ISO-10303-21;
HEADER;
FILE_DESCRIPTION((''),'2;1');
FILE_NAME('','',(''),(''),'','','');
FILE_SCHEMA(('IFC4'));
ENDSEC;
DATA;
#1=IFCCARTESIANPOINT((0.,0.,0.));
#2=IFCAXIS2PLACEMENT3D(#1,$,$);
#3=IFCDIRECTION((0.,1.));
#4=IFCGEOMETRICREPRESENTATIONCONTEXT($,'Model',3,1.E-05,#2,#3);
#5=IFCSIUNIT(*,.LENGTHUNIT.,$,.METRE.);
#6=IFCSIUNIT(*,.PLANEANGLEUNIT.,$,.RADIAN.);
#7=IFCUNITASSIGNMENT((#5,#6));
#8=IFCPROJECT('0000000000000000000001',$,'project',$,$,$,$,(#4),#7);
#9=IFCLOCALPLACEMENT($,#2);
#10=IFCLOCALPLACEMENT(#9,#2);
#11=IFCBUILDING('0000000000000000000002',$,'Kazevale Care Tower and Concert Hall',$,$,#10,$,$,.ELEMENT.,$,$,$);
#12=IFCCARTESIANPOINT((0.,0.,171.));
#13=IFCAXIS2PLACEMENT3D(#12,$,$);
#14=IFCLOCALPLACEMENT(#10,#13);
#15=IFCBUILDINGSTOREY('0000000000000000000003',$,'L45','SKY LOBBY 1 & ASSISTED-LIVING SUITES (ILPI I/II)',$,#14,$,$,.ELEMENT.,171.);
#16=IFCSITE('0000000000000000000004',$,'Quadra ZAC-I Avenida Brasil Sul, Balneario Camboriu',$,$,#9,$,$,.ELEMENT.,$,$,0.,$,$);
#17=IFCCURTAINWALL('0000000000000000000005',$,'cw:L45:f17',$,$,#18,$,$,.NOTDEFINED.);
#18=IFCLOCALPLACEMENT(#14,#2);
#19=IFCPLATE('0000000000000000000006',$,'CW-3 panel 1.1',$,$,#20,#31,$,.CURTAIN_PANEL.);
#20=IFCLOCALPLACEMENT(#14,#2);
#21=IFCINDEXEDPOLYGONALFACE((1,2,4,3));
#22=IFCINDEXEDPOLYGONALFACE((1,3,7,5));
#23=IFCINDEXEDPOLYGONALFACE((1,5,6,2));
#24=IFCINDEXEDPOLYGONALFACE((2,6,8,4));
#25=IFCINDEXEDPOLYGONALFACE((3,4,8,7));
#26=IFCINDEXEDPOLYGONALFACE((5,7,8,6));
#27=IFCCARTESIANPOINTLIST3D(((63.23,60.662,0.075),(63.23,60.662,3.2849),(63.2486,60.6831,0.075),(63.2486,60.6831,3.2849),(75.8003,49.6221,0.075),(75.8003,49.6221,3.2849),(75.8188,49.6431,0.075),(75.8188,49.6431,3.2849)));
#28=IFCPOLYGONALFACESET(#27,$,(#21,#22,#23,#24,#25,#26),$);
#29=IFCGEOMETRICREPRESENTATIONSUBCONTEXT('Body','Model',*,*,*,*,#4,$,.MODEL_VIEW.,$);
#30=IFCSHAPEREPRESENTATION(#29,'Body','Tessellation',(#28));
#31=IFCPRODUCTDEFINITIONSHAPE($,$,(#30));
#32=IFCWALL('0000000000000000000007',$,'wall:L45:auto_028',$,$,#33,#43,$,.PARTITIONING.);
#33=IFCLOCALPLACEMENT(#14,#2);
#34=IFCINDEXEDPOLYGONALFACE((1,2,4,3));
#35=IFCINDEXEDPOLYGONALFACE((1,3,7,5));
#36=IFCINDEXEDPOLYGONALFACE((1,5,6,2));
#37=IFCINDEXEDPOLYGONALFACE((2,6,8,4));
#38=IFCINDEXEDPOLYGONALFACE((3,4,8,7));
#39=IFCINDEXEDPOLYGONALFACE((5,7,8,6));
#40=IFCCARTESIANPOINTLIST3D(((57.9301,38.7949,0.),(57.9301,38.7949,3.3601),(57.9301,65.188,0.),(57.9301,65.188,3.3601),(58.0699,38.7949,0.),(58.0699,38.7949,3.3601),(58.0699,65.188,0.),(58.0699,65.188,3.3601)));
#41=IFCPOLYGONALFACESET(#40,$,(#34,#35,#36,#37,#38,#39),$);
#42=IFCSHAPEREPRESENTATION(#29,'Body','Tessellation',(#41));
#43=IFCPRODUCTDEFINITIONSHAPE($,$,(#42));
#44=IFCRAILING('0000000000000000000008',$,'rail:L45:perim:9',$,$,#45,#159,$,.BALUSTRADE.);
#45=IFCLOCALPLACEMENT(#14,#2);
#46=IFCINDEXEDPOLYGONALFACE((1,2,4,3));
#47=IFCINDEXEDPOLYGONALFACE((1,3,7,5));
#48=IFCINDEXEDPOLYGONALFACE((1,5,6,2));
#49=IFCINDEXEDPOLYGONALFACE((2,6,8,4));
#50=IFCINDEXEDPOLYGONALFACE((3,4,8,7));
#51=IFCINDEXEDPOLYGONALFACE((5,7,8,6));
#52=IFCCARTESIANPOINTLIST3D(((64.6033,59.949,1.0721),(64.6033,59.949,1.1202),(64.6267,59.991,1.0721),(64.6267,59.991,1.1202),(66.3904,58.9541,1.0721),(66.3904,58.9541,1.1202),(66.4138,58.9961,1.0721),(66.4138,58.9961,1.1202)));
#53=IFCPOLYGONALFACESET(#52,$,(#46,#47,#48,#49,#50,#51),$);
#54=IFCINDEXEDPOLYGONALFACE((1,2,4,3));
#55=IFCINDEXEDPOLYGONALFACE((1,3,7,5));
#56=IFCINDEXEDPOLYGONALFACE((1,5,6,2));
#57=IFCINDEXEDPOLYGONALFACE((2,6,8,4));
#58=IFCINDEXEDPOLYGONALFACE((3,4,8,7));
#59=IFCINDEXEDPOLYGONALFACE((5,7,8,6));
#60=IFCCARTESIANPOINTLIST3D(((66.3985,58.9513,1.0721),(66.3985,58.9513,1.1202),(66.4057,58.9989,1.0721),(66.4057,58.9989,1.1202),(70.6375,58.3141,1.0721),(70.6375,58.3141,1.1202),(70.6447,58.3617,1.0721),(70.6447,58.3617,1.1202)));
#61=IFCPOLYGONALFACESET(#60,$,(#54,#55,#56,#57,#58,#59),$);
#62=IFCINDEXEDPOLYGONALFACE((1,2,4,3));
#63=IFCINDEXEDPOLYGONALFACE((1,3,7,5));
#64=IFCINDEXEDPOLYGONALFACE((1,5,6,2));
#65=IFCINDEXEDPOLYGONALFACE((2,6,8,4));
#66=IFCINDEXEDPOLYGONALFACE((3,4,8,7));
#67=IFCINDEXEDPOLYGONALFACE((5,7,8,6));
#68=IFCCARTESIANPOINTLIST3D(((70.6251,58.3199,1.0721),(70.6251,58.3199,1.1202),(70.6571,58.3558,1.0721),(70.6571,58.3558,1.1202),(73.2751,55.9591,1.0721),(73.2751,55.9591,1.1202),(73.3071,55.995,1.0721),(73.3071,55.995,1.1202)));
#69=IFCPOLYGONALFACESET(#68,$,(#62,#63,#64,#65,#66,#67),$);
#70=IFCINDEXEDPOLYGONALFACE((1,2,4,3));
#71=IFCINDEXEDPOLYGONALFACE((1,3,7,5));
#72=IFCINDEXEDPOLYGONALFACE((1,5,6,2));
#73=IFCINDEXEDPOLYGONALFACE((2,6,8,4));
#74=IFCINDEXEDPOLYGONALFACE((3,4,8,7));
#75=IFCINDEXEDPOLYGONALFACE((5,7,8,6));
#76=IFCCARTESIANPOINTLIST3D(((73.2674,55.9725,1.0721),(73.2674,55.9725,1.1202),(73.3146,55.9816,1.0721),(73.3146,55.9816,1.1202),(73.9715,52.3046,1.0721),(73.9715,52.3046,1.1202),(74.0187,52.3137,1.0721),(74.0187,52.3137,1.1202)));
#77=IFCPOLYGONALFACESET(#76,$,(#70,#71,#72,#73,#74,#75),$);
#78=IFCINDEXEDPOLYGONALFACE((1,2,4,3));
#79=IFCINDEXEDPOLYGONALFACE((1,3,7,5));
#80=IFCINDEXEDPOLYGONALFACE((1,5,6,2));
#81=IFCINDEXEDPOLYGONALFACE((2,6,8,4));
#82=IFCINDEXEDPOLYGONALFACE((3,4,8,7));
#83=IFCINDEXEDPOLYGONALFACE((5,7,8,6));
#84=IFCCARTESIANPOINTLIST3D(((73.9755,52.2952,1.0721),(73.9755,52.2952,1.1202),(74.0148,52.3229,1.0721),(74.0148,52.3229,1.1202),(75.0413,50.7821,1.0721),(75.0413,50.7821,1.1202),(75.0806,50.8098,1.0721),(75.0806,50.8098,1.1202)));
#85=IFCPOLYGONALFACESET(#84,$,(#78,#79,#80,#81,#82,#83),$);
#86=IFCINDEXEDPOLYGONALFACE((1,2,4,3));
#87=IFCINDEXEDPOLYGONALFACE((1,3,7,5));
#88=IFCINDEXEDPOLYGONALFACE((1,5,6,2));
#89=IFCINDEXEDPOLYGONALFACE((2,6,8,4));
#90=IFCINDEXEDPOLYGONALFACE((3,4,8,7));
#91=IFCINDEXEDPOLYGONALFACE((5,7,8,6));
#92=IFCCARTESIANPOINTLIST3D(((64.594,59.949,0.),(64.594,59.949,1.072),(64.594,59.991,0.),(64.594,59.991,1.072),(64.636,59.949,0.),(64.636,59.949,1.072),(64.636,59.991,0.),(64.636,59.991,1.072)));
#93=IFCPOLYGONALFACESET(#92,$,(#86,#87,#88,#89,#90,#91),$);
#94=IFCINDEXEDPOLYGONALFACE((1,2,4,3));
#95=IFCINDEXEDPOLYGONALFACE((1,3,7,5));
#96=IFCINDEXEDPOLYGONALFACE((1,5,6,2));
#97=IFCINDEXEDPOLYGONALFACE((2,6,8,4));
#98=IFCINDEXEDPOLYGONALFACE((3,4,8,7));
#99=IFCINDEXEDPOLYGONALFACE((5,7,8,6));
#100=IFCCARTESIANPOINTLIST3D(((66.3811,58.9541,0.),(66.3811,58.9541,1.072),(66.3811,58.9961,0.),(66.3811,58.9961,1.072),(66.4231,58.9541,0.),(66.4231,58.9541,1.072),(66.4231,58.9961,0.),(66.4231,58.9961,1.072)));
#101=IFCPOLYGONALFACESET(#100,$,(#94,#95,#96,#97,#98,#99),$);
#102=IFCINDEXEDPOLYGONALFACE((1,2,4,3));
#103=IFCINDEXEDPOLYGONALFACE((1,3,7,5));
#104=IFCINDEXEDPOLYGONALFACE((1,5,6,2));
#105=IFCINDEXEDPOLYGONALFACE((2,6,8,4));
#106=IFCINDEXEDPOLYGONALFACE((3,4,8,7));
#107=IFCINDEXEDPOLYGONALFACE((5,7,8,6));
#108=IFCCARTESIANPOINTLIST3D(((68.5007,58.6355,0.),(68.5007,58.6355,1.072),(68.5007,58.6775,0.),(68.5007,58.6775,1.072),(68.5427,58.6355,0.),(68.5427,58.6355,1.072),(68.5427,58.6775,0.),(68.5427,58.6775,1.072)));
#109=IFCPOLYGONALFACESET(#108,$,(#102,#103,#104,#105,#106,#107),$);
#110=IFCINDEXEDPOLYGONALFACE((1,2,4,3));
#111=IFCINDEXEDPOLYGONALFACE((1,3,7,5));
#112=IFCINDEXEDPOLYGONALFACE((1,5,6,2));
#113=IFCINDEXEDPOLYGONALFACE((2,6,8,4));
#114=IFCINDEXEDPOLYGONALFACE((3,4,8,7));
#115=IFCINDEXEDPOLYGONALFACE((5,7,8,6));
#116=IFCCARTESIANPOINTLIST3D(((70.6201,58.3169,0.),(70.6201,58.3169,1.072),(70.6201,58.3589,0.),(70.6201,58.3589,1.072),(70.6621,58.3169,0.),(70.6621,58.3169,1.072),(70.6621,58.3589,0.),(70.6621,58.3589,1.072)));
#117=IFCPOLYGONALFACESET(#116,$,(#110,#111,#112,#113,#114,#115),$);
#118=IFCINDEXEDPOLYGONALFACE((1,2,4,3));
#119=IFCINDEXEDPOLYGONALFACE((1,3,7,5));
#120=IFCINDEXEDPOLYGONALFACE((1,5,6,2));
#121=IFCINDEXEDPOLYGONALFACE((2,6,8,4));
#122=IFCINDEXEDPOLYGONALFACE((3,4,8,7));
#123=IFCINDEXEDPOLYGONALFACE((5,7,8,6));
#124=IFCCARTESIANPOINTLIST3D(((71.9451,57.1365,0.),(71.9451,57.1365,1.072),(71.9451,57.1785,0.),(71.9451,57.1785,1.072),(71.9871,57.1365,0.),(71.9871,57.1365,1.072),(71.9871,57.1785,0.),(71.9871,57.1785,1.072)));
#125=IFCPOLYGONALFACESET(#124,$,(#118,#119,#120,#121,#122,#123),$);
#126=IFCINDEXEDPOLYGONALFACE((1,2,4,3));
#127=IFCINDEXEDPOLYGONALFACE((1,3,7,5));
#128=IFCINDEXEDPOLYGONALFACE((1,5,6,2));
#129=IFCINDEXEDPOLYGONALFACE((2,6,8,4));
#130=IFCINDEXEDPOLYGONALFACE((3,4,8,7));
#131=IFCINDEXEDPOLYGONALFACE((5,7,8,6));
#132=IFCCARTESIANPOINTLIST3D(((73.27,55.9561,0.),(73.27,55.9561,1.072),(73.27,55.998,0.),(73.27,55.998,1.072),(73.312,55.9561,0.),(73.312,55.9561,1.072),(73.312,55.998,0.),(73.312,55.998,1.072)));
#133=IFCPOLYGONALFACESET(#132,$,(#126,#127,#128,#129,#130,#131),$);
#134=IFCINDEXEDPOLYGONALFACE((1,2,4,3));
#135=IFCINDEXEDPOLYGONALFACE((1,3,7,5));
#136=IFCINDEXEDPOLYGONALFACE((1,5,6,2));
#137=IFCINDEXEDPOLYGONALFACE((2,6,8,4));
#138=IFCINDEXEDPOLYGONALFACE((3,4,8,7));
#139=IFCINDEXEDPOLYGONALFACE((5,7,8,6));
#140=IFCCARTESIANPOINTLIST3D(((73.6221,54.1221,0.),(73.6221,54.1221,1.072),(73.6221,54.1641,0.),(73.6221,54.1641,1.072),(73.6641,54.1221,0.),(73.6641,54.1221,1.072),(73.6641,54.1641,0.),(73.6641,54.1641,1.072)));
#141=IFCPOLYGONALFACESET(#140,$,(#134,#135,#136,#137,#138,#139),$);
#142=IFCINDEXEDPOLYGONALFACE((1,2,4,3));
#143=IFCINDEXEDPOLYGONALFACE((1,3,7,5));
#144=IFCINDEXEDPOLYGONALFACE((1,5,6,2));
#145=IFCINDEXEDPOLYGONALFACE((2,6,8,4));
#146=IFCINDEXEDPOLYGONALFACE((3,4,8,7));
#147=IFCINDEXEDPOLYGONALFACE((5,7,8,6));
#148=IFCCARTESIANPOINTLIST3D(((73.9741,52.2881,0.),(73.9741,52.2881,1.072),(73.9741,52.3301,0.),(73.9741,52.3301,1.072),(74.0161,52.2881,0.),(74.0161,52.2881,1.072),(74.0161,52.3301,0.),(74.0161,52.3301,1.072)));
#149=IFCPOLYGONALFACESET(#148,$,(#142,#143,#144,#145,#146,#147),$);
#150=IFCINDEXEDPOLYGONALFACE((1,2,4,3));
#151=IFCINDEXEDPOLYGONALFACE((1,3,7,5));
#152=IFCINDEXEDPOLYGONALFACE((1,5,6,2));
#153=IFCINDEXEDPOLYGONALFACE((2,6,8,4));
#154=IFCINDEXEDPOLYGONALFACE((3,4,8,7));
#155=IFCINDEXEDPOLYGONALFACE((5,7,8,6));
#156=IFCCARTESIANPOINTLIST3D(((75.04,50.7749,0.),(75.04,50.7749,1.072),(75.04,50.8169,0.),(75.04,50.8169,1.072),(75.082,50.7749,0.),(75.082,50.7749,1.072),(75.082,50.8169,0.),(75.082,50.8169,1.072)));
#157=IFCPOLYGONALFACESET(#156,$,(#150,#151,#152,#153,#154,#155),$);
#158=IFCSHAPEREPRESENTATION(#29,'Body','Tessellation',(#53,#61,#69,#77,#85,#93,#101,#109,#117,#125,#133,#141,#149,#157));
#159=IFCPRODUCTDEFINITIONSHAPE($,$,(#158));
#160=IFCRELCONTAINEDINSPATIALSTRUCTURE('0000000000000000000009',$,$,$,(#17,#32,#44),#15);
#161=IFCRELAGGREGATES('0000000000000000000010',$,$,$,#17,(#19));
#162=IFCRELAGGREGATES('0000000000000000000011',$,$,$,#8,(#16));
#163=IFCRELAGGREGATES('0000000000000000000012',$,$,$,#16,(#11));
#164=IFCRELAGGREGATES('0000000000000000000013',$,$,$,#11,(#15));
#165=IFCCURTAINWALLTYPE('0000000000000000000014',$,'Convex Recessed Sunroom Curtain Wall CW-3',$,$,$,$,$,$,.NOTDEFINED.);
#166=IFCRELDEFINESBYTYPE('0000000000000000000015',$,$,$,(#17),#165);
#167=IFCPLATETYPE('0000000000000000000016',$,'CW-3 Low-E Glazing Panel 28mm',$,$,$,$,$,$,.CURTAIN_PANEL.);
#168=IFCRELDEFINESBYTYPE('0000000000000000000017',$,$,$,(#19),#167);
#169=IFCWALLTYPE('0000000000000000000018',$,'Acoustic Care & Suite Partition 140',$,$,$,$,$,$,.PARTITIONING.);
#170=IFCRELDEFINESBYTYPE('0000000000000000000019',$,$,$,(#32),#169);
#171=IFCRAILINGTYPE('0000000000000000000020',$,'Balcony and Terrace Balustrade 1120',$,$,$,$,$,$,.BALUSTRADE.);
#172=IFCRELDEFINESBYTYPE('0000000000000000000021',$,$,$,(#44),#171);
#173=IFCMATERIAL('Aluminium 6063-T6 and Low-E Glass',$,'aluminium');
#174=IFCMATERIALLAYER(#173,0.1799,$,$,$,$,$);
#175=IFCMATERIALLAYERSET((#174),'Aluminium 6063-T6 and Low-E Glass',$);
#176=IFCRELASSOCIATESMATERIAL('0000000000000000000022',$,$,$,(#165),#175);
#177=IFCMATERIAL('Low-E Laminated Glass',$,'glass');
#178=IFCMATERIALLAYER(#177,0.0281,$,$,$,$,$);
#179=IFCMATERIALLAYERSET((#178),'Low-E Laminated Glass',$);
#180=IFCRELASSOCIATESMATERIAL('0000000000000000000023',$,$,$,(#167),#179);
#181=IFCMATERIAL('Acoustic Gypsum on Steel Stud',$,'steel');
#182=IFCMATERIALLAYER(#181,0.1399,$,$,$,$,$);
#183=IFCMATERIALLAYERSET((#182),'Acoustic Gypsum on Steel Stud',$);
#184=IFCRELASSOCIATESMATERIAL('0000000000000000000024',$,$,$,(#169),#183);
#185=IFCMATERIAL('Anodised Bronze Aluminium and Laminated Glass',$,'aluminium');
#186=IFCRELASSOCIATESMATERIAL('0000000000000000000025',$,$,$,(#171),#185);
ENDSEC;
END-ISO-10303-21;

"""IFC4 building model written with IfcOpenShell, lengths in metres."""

from ifc_helpers import new_model, si_unit, direction, frame, frame_2d, origin, origin_2d, place, context, subcontext, project, spatial, rectangle, extrude, material, layer, layer_set, type_object, element, aggregate, save


model = new_model("IFC4")

# Units and contexts
model_context = context("Model", 3, precision=1e-05, world=origin(), true_north=direction((0.0, 1.0)))
body_context = subcontext(model_context, "Body", "Model", "MODEL_VIEW")
ifc_project = project(units=[si_unit("LENGTHUNIT", "METRE"), si_unit("PLANEANGLEUNIT", "RADIAN")], contexts=[model_context])

# Site, building, storey
site_placement = place(None, origin())
site = spatial("IfcSite", under=ifc_project, at=site_placement, Name="Quadra ZAC-I Avenida Brasil Sul, Balneario Camboriu", CompositionType="ELEMENT", RefElevation=0.0)
building_placement = place(site_placement, origin())
building = spatial("IfcBuilding", under=site, at=building_placement, Name="Kazevale Care Tower and Concert Hall", CompositionType="ELEMENT")
storey_placement = place(building_placement, frame((0.0, 0.0, 171.0)))
storey = spatial("IfcBuildingStorey", under=building, at=storey_placement, Name="L45", Description="SKY LOBBY 1 & ASSISTED-LIVING SUITES (ILPI I/II)", CompositionType="ELEMENT", Elevation=171.0)

# Shared definitions
ifc_material_1 = material(Name="Aluminium 6063-T6 and Low-E Glass", Category="aluminium")

# Curtain wall
ifc_layer_1 = layer(ifc_material_1, 0.1799)
ifc_layer_set_1 = layer_set([ifc_layer_1], Name="Aluminium 6063-T6 and Low-E Glass")
curtain_wall_type_1 = type_object("IfcCurtainWallType", Name="Convex Recessed Sunroom Curtain Wall CW-3", PredefinedType="NOTDEFINED", material=ifc_layer_set_1)
curtain_wall_1_placement = place(storey_placement, origin())
curtain_wall_1 = element("IfcCurtainWall", 1, at=curtain_wall_1_placement, inside=storey, type_object=curtain_wall_type_1, Name="cw:L45:f17", PredefinedType="NOTDEFINED")

# Plate
ifc_material_2 = material(Name="Low-E Laminated Glass", Category="glass")
ifc_layer_2 = layer(ifc_material_2, 0.0281)
ifc_layer_set_2 = layer_set([ifc_layer_2], Name="Low-E Laminated Glass")
plate_type = type_object("IfcPlateType", Name="CW-3 Low-E Glazing Panel 28mm", PredefinedType="CURTAIN_PANEL", material=ifc_layer_set_2)
plate_placement = place(storey_placement, frame((69.5244, 55.1526, 0.075), z_axis=(0.0, 0.0, 1.0), x_axis=(0.751361, -0.659892, 0.0)))
plate = element("IfcPlate", 2, at=plate_placement, type_object=plate_type, Name="CW-3 panel 1.1", PredefinedType="CURTAIN_PANEL", context=body_context, shape_type="SweptSolid", body=[
    extrude(rectangle(XDim=16.73, YDim=0.0281, at=origin_2d()), origin(), (0.0, 0.0, 1.0), 3.21),
])
aggregate(curtain_wall_1, [plate])

# Wall
ifc_material_3 = material(Name="Acoustic Gypsum on Steel Stud", Category="steel")
ifc_layer_3 = layer(ifc_material_3, 0.1399)
ifc_layer_set_3 = layer_set([ifc_layer_3], Name="Acoustic Gypsum on Steel Stud")
wall_type = type_object("IfcWallType", Name="Acoustic Care & Suite Partition 140", PredefinedType="PARTITIONING", material=ifc_layer_set_3)
wall_placement = place(storey_placement, frame((58.0, 65.188, 0.0), z_axis=(0.0, 0.0, 1.0), x_axis=(0.0, -1.0, 0.0)))
element("IfcWall", 3, at=wall_placement, inside=storey, type_object=wall_type, Name="wall:L45:auto_028", PredefinedType="PARTITIONING", context=body_context, shape_type="SweptSolid", body=[
    extrude(rectangle(XDim=26.3931, YDim=0.1399, at=frame_2d((13.1965, 0.0))), origin(), (0.0, 0.0, 1.0), 3.3601),
])

# Railing
ifc_material_4 = material(Name="Anodised Bronze Aluminium and Laminated Glass", Category="aluminium")
railing_type = type_object("IfcRailingType", Name="Balcony and Terrace Balustrade 1120", PredefinedType="BALUSTRADE", material=ifc_material_4)
railing_1_placement = place(storey_placement, frame((64.615, 59.97, 0.0)))
element("IfcRailing", 4, at=railing_1_placement, inside=storey, type_object=railing_type, Name="rail:L45:perim:9", PredefinedType="BALUSTRADE", context=body_context, shape_type="SweptSolid", body=[
    extrude(rectangle(XDim=0.0481, YDim=0.0481, at=origin_2d()), frame((0.0, 0.0, 1.0962), z_axis=(0.873735, -0.486403, 0.0), x_axis=(0.486403, 0.873735, 0.0)), (0.0, 0.0, 1.0), 2.0454),
    extrude(rectangle(XDim=0.0481, YDim=0.0481, at=origin_2d()), frame((1.7871, -0.9949, 1.0962), z_axis=(0.98889, -0.14865, 0.0), x_axis=(0.14865, 0.98889, 0.0)), (0.0, 0.0, 1.0), 4.2866),
    extrude(rectangle(XDim=0.0481, YDim=0.0481, at=origin_2d()), frame((6.0261, -1.6321, 1.0962), z_axis=(0.746657, -0.665209, 0.0), x_axis=(0.665209, 0.746657, 0.0)), (0.0, 0.0, 1.0), 3.5491),
    extrude(rectangle(XDim=0.0481, YDim=0.0481, at=origin_2d()), frame((8.676, -3.9929, 1.0962), z_axis=(0.188518, -0.98207, 0.0), x_axis=(0.98207, 0.188518, 0.0)), (0.0, 0.0, 1.0), 3.7349),
    extrude(rectangle(XDim=0.0481, YDim=0.0481, at=origin_2d()), frame((9.3801, -7.6609, 1.0962), z_axis=(0.575885, -0.81753, 0.0), x_axis=(0.81753, 0.575885, 0.0)), (0.0, 0.0, 1.0), 1.8508),
    extrude(rectangle(XDim=0.042, YDim=0.042, at=origin_2d()), origin(), (0.0, 0.0, 1.0), 1.072),
    extrude(rectangle(XDim=0.042, YDim=0.042, at=origin_2d()), frame((1.7871, -0.9949, 0.0)), (0.0, 0.0, 1.0), 1.072),
    extrude(rectangle(XDim=0.042, YDim=0.042, at=origin_2d()), frame((3.9067, -1.3135, 0.0)), (0.0, 0.0, 1.0), 1.072),
    extrude(rectangle(XDim=0.042, YDim=0.042, at=origin_2d()), frame((6.0261, -1.6321, 0.0)), (0.0, 0.0, 1.0), 1.072),
    extrude(rectangle(XDim=0.042, YDim=0.042, at=origin_2d()), frame((7.3511, -2.8125, 0.0)), (0.0, 0.0, 1.0), 1.072),
    extrude(rectangle(XDim=0.042, YDim=0.042, at=origin_2d()), frame((8.676, -3.9929, 0.0)), (0.0, 0.0, 1.0), 1.072),
    extrude(rectangle(XDim=0.042, YDim=0.042, at=origin_2d()), frame((9.0281, -5.8269, 0.0)), (0.0, 0.0, 1.0), 1.072),
    extrude(rectangle(XDim=0.042, YDim=0.042, at=origin_2d()), frame((9.3801, -7.6609, 0.0)), (0.0, 0.0, 1.0), 1.072),
    extrude(rectangle(XDim=0.042, YDim=0.042, at=origin_2d()), frame((10.446, -9.1741, 0.0)), (0.0, 0.0, 1.0), 1.072),
])

save(model, "model.ifc")
